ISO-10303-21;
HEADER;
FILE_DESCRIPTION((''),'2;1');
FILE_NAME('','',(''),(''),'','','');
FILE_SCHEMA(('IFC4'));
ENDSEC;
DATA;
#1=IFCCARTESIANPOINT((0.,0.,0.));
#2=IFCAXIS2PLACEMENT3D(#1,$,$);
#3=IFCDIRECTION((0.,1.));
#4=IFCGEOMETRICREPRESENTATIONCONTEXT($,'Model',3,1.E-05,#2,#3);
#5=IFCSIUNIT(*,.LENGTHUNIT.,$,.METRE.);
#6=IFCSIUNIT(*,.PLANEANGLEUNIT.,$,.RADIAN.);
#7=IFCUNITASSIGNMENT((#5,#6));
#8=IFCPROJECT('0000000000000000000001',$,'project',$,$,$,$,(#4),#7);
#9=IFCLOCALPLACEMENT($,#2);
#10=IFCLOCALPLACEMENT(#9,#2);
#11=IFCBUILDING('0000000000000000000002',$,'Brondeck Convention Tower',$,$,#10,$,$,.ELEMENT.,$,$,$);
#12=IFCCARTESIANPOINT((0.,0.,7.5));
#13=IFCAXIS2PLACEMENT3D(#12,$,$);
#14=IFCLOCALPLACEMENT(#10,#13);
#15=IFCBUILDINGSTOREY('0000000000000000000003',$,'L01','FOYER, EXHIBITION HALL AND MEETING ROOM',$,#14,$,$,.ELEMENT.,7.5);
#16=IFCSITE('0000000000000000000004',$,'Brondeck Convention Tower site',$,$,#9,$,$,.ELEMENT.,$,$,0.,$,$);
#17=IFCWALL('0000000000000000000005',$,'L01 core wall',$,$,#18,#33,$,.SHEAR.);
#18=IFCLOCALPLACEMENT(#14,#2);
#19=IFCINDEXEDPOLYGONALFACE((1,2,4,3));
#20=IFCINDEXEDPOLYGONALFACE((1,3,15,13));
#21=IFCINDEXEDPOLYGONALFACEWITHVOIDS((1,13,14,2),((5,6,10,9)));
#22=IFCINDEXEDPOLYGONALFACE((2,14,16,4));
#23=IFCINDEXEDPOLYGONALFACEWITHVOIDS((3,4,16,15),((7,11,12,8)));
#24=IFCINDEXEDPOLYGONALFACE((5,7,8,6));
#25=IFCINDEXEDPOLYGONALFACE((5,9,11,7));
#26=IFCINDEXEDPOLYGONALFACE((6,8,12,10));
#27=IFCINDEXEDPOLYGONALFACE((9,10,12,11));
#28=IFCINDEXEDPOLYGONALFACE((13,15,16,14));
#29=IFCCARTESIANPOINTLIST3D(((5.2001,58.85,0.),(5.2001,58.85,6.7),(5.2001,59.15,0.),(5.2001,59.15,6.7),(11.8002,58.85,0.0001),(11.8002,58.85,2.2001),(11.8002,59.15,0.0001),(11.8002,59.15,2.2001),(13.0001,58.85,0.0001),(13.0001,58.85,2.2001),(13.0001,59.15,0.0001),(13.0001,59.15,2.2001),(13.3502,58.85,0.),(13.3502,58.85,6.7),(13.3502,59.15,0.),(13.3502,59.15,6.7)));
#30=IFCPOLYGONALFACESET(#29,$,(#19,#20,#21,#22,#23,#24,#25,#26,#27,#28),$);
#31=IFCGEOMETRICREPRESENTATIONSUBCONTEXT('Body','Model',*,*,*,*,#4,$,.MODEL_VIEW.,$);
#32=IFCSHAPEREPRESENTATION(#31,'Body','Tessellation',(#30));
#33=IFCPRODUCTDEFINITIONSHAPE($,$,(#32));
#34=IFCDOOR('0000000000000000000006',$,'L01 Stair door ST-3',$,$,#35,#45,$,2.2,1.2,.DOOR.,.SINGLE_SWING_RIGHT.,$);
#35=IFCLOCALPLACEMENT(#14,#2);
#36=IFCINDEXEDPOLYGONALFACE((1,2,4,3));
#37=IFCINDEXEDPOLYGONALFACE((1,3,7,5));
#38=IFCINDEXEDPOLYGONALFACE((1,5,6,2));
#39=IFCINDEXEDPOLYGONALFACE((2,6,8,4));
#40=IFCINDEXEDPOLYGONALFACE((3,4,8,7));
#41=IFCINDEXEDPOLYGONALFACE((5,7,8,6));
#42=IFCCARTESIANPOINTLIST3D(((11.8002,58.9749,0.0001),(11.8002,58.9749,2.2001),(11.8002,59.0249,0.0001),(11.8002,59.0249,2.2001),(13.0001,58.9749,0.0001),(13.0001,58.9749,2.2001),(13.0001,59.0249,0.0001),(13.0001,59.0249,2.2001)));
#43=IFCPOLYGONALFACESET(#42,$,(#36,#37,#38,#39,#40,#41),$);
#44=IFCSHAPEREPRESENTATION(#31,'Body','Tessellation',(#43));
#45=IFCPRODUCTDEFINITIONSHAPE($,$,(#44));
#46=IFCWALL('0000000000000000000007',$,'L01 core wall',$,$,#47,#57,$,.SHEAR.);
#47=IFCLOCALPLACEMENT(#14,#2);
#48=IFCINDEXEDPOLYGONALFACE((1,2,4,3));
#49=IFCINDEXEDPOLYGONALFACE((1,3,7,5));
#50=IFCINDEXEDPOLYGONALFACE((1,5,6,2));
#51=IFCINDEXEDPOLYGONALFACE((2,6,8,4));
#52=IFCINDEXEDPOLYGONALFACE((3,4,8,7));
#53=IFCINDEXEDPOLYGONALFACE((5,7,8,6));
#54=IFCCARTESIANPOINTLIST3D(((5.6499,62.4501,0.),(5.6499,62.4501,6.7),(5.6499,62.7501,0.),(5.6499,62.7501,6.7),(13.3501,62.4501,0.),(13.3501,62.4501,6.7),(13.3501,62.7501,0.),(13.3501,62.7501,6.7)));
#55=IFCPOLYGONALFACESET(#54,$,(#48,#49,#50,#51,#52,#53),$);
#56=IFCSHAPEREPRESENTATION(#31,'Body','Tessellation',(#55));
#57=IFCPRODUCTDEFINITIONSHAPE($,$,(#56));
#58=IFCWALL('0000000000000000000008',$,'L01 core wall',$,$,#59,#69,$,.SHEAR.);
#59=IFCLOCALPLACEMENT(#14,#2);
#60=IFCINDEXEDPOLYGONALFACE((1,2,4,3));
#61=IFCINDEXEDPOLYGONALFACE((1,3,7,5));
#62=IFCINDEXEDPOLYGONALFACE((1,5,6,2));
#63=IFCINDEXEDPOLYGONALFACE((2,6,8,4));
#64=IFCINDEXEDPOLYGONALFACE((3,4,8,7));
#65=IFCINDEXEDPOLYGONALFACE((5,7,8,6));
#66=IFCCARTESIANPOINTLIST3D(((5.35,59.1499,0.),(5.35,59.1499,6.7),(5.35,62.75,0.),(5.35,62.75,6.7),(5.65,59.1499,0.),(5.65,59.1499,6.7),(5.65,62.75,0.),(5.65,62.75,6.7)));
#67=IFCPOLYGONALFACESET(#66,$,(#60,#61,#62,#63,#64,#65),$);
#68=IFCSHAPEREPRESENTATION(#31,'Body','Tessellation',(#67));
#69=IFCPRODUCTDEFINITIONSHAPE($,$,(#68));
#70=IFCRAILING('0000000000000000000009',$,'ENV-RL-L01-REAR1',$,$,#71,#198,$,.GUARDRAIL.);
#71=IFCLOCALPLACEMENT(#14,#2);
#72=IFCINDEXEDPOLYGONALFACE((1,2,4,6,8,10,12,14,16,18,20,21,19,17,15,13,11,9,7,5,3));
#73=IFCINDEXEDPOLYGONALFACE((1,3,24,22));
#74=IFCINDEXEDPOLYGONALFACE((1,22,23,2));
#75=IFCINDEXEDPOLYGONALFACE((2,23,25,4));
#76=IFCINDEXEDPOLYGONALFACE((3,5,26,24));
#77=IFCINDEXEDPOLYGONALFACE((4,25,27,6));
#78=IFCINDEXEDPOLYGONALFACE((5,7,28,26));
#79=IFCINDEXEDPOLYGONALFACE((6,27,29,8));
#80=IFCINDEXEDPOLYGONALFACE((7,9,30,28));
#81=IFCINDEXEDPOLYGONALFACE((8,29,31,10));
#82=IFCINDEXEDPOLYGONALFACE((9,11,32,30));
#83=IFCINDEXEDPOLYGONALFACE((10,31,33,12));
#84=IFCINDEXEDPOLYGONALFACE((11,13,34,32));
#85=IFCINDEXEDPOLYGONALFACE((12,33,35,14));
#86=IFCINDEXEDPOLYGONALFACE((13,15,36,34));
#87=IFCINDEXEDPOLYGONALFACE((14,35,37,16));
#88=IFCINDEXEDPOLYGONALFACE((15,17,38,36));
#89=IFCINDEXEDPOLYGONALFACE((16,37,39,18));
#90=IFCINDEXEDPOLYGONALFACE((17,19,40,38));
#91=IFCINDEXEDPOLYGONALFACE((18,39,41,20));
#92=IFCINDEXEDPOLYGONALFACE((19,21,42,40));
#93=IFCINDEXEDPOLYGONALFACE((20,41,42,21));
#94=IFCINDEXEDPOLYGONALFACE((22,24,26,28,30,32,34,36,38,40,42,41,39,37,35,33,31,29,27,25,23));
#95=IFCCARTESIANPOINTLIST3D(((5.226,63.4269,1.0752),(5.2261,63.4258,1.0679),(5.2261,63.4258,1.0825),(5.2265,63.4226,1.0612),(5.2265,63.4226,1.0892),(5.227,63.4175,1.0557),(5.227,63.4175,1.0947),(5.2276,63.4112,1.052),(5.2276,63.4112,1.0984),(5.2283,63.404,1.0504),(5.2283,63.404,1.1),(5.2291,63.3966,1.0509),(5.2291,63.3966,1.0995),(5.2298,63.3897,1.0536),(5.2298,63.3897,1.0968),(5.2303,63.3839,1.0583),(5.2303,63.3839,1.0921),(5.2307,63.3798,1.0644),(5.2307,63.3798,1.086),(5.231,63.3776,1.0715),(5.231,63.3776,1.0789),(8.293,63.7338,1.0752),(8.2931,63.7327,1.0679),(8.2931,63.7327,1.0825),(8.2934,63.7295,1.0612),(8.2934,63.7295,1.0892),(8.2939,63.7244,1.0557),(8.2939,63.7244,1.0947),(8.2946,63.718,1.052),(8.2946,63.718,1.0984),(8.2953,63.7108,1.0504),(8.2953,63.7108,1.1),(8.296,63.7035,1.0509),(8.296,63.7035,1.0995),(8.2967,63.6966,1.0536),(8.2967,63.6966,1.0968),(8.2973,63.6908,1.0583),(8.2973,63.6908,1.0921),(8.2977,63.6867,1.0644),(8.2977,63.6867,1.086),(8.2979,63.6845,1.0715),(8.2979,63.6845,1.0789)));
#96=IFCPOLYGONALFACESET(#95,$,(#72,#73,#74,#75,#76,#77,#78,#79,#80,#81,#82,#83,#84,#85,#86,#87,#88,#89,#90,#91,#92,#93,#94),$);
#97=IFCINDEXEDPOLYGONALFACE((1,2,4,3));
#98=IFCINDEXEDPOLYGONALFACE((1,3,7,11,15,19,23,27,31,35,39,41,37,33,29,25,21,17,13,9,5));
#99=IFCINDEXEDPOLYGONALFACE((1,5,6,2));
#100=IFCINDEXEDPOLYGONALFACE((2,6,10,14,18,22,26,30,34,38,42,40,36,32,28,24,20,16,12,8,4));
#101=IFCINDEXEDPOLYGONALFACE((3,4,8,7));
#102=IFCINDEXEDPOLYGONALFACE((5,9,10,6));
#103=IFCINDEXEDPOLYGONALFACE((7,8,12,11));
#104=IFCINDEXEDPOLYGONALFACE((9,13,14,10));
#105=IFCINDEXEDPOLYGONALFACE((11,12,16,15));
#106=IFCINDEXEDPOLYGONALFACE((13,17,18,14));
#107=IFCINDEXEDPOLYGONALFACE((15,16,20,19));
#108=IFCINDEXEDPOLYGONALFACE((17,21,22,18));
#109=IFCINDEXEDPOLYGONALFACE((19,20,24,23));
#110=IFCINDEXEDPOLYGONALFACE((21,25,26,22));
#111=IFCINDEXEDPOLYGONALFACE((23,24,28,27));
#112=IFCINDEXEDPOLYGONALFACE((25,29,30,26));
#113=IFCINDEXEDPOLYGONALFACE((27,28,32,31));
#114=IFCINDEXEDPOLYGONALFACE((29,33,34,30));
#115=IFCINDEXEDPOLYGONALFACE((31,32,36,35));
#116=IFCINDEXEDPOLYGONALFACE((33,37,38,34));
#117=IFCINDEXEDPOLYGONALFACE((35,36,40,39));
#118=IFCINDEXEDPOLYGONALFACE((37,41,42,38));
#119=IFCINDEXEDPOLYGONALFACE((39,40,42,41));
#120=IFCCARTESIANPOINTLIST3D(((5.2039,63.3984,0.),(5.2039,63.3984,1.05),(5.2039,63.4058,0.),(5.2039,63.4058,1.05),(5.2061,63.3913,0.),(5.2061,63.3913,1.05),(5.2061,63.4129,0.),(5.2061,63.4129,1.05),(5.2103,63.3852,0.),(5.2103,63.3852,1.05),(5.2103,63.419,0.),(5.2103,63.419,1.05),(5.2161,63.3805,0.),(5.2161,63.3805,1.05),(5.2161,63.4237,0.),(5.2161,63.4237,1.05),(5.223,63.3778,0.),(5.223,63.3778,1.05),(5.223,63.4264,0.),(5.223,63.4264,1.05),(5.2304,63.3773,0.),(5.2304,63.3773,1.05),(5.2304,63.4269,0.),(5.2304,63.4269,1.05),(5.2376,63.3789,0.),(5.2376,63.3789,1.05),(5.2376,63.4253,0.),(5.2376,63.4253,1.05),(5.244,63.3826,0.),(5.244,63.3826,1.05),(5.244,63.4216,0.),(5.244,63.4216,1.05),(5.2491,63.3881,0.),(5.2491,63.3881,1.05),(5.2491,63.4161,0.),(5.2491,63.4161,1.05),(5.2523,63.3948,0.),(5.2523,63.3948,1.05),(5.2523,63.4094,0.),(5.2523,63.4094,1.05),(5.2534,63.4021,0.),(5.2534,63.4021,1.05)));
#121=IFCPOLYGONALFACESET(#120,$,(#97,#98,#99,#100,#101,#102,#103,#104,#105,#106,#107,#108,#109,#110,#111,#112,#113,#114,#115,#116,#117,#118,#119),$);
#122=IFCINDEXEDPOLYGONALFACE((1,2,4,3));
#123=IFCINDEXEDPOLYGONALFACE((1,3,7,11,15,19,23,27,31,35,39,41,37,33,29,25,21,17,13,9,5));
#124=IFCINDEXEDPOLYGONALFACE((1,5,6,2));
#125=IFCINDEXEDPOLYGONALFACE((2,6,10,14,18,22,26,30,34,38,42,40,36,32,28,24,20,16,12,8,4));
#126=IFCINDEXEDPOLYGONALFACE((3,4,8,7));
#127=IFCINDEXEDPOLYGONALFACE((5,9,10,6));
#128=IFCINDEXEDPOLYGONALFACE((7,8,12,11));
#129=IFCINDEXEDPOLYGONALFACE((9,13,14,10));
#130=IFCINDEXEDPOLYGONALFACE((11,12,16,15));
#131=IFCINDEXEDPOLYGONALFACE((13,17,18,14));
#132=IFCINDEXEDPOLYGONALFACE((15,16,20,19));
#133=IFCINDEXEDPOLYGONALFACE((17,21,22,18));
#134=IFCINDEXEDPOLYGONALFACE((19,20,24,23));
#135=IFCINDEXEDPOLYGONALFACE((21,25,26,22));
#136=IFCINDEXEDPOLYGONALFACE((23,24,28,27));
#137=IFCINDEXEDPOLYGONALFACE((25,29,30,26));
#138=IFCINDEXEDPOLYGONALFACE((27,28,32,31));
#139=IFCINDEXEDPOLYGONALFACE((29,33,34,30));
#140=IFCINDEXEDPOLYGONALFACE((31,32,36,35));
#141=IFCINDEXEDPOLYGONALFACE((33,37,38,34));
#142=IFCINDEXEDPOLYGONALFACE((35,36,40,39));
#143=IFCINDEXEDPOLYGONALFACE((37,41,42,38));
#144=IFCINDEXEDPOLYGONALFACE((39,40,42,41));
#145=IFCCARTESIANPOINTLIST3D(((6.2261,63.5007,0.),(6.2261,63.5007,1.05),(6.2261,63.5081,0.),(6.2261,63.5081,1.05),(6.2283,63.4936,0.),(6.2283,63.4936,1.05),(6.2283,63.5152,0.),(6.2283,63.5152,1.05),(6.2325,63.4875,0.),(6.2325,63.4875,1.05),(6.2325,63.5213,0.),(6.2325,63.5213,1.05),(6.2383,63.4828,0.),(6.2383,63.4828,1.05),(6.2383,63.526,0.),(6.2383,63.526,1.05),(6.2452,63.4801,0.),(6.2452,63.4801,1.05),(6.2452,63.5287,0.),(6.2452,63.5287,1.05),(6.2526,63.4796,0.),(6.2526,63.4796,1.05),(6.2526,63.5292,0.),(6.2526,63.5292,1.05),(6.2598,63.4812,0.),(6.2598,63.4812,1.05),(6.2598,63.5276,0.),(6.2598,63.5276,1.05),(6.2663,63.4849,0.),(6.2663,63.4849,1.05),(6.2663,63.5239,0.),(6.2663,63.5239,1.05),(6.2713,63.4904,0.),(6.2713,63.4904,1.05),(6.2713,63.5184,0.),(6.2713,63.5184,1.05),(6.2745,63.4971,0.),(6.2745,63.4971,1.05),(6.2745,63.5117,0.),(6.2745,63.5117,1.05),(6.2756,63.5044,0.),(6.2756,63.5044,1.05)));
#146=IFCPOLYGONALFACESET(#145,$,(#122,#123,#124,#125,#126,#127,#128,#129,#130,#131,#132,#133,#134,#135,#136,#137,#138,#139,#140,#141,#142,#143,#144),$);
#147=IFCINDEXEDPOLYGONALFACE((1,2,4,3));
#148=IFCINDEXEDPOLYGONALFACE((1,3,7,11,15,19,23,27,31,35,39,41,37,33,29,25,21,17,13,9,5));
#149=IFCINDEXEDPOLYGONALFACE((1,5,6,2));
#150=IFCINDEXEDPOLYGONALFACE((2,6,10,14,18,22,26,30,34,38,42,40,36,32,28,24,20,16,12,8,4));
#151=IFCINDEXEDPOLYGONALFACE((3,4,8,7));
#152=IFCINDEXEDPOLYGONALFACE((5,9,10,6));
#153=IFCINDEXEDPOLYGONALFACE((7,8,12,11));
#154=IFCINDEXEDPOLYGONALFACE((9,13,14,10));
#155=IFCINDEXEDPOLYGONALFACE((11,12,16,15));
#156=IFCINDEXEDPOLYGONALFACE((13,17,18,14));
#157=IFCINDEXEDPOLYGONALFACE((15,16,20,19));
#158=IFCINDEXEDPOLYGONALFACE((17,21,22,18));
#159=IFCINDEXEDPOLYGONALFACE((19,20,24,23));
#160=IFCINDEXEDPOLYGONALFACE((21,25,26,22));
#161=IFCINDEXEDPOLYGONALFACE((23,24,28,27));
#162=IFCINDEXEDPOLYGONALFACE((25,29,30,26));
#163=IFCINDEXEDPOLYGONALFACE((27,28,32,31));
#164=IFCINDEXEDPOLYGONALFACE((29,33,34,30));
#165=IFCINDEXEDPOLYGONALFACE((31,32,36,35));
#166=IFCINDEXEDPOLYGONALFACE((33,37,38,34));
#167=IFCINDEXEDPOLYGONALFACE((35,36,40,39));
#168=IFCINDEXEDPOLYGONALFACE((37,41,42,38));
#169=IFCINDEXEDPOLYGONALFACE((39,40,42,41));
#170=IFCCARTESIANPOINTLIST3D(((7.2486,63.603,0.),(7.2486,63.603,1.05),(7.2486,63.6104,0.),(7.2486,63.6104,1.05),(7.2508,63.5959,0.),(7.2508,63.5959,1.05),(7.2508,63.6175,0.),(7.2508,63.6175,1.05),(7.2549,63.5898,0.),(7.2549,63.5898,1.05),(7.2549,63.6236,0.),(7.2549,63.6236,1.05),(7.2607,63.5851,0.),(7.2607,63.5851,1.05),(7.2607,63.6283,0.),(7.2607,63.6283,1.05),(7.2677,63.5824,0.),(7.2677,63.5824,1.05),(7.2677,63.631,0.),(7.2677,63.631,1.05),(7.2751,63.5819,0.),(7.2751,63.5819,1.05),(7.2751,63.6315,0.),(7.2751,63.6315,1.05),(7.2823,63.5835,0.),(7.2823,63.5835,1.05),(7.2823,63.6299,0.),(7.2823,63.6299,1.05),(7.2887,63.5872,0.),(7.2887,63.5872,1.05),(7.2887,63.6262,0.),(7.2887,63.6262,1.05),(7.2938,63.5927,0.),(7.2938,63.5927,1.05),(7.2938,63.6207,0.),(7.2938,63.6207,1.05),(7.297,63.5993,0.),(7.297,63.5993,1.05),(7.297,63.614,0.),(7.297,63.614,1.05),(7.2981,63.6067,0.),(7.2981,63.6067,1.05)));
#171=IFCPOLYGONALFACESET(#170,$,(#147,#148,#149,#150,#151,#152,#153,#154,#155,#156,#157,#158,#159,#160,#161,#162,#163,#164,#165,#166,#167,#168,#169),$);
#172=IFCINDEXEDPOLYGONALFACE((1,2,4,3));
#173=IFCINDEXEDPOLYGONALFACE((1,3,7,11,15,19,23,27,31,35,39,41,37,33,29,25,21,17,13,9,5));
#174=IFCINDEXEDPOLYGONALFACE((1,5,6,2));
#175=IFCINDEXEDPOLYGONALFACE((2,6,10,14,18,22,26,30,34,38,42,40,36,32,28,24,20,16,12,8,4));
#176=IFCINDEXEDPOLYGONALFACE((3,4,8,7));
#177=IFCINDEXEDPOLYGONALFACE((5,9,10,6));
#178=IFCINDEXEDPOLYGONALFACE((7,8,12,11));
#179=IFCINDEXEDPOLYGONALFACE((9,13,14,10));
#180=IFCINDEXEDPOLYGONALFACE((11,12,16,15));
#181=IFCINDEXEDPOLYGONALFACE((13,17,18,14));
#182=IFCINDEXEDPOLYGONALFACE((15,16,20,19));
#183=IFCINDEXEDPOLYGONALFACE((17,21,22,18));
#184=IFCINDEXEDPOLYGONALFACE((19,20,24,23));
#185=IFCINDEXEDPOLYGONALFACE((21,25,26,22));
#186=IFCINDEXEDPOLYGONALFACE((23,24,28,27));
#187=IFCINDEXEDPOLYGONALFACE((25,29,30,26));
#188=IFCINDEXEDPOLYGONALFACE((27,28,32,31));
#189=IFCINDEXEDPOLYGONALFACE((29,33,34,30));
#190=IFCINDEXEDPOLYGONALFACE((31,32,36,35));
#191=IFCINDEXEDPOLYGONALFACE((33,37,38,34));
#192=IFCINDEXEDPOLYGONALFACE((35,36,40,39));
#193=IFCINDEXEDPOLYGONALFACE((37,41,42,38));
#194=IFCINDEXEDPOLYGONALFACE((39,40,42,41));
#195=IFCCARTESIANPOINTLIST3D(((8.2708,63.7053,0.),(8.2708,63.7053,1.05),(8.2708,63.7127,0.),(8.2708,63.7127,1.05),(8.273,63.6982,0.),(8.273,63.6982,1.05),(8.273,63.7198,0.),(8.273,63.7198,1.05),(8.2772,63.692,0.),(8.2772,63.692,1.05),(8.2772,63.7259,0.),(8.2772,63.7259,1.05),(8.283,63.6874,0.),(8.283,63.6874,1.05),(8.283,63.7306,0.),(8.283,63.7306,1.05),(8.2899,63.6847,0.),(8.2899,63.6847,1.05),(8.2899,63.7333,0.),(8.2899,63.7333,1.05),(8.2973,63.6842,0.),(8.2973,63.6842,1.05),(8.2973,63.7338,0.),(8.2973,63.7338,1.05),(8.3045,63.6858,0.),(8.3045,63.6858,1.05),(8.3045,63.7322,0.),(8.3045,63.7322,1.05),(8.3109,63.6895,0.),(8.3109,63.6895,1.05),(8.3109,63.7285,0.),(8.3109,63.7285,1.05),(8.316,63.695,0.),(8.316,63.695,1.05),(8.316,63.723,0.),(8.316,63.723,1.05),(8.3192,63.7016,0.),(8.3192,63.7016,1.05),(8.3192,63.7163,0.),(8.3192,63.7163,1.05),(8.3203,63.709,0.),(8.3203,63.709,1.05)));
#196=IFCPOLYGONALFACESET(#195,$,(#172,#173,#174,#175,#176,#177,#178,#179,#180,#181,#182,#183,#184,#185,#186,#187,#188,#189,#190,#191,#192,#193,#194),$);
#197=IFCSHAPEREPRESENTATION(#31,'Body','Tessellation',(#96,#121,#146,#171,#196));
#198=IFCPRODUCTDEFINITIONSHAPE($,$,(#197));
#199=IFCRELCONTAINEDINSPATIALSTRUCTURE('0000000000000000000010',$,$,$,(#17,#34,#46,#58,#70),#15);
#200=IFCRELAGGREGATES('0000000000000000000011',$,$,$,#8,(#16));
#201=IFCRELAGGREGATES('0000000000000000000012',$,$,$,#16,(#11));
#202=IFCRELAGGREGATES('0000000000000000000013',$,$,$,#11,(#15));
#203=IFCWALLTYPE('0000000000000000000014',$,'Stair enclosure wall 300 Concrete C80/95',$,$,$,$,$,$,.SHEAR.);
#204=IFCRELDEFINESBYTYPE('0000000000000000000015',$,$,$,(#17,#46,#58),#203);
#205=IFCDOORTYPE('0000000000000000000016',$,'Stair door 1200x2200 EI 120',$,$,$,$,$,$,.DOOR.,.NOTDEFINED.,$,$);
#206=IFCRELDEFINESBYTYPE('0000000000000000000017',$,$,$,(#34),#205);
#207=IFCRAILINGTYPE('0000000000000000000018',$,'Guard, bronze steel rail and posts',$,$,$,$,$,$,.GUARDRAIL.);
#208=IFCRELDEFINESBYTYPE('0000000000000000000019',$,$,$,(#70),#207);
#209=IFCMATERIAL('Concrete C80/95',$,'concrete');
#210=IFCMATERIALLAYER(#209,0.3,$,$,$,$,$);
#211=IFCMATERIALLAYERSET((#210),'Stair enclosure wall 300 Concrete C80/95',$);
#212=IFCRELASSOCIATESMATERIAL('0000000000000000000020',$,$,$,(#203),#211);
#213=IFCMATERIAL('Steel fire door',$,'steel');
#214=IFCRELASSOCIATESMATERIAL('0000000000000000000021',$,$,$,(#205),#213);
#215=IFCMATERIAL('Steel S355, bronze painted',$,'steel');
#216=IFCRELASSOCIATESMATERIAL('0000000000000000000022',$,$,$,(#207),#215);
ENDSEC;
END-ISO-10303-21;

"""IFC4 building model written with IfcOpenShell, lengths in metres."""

from ifc_helpers import new_model, si_unit, direction, frame, frame_2d, origin, origin_2d, place, context, subcontext, project, spatial, rectangle, circle, extrude, material, layer, layer_set, type_object, element, fill, save


model = new_model("IFC4")

# Units and contexts
model_context = context("Model", 3, precision=1e-05, world=origin(), true_north=direction((0.0, 1.0)))
body_context = subcontext(model_context, "Body", "Model", "MODEL_VIEW")
ifc_project = project(units=[si_unit("LENGTHUNIT", "METRE"), si_unit("PLANEANGLEUNIT", "RADIAN")], contexts=[model_context])

# Site, building, storey
site_placement = place(None, origin())
site = spatial("IfcSite", under=ifc_project, at=site_placement, Name="Brondeck Convention Tower site", CompositionType="ELEMENT", RefElevation=0.0)
building_placement = place(site_placement, origin())
building = spatial("IfcBuilding", under=site, at=building_placement, Name="Brondeck Convention Tower", CompositionType="ELEMENT")
storey_placement = place(building_placement, frame((0.0, 0.0, 7.5)))
storey = spatial("IfcBuildingStorey", under=building, at=storey_placement, Name="L01", Description="FOYER, EXHIBITION HALL AND MEETING ROOM", CompositionType="ELEMENT", Elevation=7.5)

# Shared definitions
ifc_material_1 = material(Name="Concrete C80/95", Category="concrete")

# Shared definitions
ifc_material_2 = material(Name="Steel fire door", Category="steel")

# Wall, opening, door
ifc_layer_1 = layer(ifc_material_1, 0.3)
ifc_layer_set_1 = layer_set([ifc_layer_1], Name="Stair enclosure wall 300 Concrete C80/95")
wall_type_1 = type_object("IfcWallType", Name="Stair enclosure wall 300 Concrete C80/95", PredefinedType="SHEAR", material=ifc_layer_set_1)
wall_1_placement = place(storey_placement, frame((5.2, 59.0, 0.0), z_axis=(0.0, 0.0, 1.0), x_axis=(1.0, 0.0, 0.0)))
wall_1 = element("IfcWall", 1, at=wall_1_placement, inside=storey, type_object=wall_type_1, Name="L01 core wall", PredefinedType="SHEAR", context=body_context, shape_type="SweptSolid", body=[
    extrude(rectangle(XDim=8.1501, YDim=0.3, at=frame_2d((4.0752, 0.0))), origin(), (0.0, 0.0, 1.0), 6.7),
])
opening_1_placement = place(wall_1_placement, frame((6.6001, 0.0, 0.0)))
opening_1 = element("IfcOpeningElement", 2, at=opening_1_placement, cuts=wall_1, PredefinedType="OPENING", context=body_context, shape_type="SweptSolid", body=[
    extrude(rectangle(XDim=1.2, YDim=2.2, at=frame_2d((0.6001, 1.1001))), frame((0.0, 0.1599, 0.0), z_axis=(0.0, -1.0, 0.0), x_axis=(1.0, 0.0, 0.0)), (0.0, 0.0, 1.0), 0.3201),
])
door_type_1 = type_object("IfcDoorType", Name="Stair door 1200x2200 EI 120", OperationType="NOTDEFINED", PredefinedType="DOOR", material=ifc_material_2)
door_1_placement = place(opening_1_placement, origin())
door_1 = element("IfcDoor", 3, at=door_1_placement, inside=storey, type_object=door_type_1, Name="L01 Stair door ST-3", OperationType="SINGLE_SWING_RIGHT", OverallHeight=2.2, OverallWidth=1.2, PredefinedType="DOOR", context=body_context, shape_type="SweptSolid", body=[
    extrude(rectangle(XDim=1.2, YDim=2.2, at=frame_2d((0.6001, 1.1001))), frame((0.0, 0.0249, 0.0), z_axis=(0.0, -1.0, 0.0), x_axis=(1.0, 0.0, 0.0)), (0.0, 0.0, 1.0), 0.05),
])
fill(opening_1, door_1)

# Walls
wall_2_placement = place(storey_placement, frame((5.6499, 62.6001, 0.0), z_axis=(0.0, 0.0, 1.0), x_axis=(1.0, 0.0, 0.0)))
element("IfcWall", 4, at=wall_2_placement, inside=storey, type_object=wall_type_1, Name="L01 core wall", PredefinedType="SHEAR", context=body_context, shape_type="SweptSolid", body=[
    extrude(rectangle(XDim=7.7002, YDim=0.3, at=frame_2d((3.8501, 0.0))), origin(), (0.0, 0.0, 1.0), 6.7),
])
wall_3_placement = place(storey_placement, frame((5.5, 59.1499, 0.0), z_axis=(0.0, 0.0, 1.0), x_axis=(0.0, 1.0, 0.0)))
element("IfcWall", 5, at=wall_3_placement, inside=storey, type_object=wall_type_1, Name="L01 core wall", PredefinedType="SHEAR", context=body_context, shape_type="SweptSolid", body=[
    extrude(rectangle(XDim=3.6001, YDim=0.3, at=frame_2d((1.8, 0.0))), origin(), (0.0, 0.0, 1.0), 6.7),
])

# Railing
ifc_material_3 = material(Name="Steel S355, bronze painted", Category="steel")
railing_type = type_object("IfcRailingType", Name="Guard, bronze steel rail and posts", PredefinedType="GUARDRAIL", material=ifc_material_3)
railing_placement = place(storey_placement, frame((5.2285, 63.4021, 0.0)))
element("IfcRailing", 6, at=railing_placement, inside=storey, type_object=railing_type, Name="ENV-RL-L01-REAR1", PredefinedType="GUARDRAIL", context=body_context, shape_type="SweptSolid", body=[
    extrude(circle(Radius=0.0249, at=origin_2d()), frame((0.0, 0.0, 1.0752), z_axis=(0.995031, 0.099566, 0.0), x_axis=(-0.099566, 0.995031, 0.0)), (0.0, 0.0, 1.0), 3.0823),
    extrude(circle(Radius=0.0249, at=origin_2d()), origin(), (0.0, 0.0, 1.0), 1.05),
    extrude(circle(Radius=0.0249, at=origin_2d()), frame((1.0222, 0.1023, 0.0)), (0.0, 0.0, 1.0), 1.05),
    extrude(circle(Radius=0.0249, at=origin_2d()), frame((2.0447, 0.2046, 0.0)), (0.0, 0.0, 1.0), 1.05),
    extrude(circle(Radius=0.0249, at=origin_2d()), frame((3.0669, 0.3069, 0.0)), (0.0, 0.0, 1.0), 1.05),
])

save(model, "model.ifc")
